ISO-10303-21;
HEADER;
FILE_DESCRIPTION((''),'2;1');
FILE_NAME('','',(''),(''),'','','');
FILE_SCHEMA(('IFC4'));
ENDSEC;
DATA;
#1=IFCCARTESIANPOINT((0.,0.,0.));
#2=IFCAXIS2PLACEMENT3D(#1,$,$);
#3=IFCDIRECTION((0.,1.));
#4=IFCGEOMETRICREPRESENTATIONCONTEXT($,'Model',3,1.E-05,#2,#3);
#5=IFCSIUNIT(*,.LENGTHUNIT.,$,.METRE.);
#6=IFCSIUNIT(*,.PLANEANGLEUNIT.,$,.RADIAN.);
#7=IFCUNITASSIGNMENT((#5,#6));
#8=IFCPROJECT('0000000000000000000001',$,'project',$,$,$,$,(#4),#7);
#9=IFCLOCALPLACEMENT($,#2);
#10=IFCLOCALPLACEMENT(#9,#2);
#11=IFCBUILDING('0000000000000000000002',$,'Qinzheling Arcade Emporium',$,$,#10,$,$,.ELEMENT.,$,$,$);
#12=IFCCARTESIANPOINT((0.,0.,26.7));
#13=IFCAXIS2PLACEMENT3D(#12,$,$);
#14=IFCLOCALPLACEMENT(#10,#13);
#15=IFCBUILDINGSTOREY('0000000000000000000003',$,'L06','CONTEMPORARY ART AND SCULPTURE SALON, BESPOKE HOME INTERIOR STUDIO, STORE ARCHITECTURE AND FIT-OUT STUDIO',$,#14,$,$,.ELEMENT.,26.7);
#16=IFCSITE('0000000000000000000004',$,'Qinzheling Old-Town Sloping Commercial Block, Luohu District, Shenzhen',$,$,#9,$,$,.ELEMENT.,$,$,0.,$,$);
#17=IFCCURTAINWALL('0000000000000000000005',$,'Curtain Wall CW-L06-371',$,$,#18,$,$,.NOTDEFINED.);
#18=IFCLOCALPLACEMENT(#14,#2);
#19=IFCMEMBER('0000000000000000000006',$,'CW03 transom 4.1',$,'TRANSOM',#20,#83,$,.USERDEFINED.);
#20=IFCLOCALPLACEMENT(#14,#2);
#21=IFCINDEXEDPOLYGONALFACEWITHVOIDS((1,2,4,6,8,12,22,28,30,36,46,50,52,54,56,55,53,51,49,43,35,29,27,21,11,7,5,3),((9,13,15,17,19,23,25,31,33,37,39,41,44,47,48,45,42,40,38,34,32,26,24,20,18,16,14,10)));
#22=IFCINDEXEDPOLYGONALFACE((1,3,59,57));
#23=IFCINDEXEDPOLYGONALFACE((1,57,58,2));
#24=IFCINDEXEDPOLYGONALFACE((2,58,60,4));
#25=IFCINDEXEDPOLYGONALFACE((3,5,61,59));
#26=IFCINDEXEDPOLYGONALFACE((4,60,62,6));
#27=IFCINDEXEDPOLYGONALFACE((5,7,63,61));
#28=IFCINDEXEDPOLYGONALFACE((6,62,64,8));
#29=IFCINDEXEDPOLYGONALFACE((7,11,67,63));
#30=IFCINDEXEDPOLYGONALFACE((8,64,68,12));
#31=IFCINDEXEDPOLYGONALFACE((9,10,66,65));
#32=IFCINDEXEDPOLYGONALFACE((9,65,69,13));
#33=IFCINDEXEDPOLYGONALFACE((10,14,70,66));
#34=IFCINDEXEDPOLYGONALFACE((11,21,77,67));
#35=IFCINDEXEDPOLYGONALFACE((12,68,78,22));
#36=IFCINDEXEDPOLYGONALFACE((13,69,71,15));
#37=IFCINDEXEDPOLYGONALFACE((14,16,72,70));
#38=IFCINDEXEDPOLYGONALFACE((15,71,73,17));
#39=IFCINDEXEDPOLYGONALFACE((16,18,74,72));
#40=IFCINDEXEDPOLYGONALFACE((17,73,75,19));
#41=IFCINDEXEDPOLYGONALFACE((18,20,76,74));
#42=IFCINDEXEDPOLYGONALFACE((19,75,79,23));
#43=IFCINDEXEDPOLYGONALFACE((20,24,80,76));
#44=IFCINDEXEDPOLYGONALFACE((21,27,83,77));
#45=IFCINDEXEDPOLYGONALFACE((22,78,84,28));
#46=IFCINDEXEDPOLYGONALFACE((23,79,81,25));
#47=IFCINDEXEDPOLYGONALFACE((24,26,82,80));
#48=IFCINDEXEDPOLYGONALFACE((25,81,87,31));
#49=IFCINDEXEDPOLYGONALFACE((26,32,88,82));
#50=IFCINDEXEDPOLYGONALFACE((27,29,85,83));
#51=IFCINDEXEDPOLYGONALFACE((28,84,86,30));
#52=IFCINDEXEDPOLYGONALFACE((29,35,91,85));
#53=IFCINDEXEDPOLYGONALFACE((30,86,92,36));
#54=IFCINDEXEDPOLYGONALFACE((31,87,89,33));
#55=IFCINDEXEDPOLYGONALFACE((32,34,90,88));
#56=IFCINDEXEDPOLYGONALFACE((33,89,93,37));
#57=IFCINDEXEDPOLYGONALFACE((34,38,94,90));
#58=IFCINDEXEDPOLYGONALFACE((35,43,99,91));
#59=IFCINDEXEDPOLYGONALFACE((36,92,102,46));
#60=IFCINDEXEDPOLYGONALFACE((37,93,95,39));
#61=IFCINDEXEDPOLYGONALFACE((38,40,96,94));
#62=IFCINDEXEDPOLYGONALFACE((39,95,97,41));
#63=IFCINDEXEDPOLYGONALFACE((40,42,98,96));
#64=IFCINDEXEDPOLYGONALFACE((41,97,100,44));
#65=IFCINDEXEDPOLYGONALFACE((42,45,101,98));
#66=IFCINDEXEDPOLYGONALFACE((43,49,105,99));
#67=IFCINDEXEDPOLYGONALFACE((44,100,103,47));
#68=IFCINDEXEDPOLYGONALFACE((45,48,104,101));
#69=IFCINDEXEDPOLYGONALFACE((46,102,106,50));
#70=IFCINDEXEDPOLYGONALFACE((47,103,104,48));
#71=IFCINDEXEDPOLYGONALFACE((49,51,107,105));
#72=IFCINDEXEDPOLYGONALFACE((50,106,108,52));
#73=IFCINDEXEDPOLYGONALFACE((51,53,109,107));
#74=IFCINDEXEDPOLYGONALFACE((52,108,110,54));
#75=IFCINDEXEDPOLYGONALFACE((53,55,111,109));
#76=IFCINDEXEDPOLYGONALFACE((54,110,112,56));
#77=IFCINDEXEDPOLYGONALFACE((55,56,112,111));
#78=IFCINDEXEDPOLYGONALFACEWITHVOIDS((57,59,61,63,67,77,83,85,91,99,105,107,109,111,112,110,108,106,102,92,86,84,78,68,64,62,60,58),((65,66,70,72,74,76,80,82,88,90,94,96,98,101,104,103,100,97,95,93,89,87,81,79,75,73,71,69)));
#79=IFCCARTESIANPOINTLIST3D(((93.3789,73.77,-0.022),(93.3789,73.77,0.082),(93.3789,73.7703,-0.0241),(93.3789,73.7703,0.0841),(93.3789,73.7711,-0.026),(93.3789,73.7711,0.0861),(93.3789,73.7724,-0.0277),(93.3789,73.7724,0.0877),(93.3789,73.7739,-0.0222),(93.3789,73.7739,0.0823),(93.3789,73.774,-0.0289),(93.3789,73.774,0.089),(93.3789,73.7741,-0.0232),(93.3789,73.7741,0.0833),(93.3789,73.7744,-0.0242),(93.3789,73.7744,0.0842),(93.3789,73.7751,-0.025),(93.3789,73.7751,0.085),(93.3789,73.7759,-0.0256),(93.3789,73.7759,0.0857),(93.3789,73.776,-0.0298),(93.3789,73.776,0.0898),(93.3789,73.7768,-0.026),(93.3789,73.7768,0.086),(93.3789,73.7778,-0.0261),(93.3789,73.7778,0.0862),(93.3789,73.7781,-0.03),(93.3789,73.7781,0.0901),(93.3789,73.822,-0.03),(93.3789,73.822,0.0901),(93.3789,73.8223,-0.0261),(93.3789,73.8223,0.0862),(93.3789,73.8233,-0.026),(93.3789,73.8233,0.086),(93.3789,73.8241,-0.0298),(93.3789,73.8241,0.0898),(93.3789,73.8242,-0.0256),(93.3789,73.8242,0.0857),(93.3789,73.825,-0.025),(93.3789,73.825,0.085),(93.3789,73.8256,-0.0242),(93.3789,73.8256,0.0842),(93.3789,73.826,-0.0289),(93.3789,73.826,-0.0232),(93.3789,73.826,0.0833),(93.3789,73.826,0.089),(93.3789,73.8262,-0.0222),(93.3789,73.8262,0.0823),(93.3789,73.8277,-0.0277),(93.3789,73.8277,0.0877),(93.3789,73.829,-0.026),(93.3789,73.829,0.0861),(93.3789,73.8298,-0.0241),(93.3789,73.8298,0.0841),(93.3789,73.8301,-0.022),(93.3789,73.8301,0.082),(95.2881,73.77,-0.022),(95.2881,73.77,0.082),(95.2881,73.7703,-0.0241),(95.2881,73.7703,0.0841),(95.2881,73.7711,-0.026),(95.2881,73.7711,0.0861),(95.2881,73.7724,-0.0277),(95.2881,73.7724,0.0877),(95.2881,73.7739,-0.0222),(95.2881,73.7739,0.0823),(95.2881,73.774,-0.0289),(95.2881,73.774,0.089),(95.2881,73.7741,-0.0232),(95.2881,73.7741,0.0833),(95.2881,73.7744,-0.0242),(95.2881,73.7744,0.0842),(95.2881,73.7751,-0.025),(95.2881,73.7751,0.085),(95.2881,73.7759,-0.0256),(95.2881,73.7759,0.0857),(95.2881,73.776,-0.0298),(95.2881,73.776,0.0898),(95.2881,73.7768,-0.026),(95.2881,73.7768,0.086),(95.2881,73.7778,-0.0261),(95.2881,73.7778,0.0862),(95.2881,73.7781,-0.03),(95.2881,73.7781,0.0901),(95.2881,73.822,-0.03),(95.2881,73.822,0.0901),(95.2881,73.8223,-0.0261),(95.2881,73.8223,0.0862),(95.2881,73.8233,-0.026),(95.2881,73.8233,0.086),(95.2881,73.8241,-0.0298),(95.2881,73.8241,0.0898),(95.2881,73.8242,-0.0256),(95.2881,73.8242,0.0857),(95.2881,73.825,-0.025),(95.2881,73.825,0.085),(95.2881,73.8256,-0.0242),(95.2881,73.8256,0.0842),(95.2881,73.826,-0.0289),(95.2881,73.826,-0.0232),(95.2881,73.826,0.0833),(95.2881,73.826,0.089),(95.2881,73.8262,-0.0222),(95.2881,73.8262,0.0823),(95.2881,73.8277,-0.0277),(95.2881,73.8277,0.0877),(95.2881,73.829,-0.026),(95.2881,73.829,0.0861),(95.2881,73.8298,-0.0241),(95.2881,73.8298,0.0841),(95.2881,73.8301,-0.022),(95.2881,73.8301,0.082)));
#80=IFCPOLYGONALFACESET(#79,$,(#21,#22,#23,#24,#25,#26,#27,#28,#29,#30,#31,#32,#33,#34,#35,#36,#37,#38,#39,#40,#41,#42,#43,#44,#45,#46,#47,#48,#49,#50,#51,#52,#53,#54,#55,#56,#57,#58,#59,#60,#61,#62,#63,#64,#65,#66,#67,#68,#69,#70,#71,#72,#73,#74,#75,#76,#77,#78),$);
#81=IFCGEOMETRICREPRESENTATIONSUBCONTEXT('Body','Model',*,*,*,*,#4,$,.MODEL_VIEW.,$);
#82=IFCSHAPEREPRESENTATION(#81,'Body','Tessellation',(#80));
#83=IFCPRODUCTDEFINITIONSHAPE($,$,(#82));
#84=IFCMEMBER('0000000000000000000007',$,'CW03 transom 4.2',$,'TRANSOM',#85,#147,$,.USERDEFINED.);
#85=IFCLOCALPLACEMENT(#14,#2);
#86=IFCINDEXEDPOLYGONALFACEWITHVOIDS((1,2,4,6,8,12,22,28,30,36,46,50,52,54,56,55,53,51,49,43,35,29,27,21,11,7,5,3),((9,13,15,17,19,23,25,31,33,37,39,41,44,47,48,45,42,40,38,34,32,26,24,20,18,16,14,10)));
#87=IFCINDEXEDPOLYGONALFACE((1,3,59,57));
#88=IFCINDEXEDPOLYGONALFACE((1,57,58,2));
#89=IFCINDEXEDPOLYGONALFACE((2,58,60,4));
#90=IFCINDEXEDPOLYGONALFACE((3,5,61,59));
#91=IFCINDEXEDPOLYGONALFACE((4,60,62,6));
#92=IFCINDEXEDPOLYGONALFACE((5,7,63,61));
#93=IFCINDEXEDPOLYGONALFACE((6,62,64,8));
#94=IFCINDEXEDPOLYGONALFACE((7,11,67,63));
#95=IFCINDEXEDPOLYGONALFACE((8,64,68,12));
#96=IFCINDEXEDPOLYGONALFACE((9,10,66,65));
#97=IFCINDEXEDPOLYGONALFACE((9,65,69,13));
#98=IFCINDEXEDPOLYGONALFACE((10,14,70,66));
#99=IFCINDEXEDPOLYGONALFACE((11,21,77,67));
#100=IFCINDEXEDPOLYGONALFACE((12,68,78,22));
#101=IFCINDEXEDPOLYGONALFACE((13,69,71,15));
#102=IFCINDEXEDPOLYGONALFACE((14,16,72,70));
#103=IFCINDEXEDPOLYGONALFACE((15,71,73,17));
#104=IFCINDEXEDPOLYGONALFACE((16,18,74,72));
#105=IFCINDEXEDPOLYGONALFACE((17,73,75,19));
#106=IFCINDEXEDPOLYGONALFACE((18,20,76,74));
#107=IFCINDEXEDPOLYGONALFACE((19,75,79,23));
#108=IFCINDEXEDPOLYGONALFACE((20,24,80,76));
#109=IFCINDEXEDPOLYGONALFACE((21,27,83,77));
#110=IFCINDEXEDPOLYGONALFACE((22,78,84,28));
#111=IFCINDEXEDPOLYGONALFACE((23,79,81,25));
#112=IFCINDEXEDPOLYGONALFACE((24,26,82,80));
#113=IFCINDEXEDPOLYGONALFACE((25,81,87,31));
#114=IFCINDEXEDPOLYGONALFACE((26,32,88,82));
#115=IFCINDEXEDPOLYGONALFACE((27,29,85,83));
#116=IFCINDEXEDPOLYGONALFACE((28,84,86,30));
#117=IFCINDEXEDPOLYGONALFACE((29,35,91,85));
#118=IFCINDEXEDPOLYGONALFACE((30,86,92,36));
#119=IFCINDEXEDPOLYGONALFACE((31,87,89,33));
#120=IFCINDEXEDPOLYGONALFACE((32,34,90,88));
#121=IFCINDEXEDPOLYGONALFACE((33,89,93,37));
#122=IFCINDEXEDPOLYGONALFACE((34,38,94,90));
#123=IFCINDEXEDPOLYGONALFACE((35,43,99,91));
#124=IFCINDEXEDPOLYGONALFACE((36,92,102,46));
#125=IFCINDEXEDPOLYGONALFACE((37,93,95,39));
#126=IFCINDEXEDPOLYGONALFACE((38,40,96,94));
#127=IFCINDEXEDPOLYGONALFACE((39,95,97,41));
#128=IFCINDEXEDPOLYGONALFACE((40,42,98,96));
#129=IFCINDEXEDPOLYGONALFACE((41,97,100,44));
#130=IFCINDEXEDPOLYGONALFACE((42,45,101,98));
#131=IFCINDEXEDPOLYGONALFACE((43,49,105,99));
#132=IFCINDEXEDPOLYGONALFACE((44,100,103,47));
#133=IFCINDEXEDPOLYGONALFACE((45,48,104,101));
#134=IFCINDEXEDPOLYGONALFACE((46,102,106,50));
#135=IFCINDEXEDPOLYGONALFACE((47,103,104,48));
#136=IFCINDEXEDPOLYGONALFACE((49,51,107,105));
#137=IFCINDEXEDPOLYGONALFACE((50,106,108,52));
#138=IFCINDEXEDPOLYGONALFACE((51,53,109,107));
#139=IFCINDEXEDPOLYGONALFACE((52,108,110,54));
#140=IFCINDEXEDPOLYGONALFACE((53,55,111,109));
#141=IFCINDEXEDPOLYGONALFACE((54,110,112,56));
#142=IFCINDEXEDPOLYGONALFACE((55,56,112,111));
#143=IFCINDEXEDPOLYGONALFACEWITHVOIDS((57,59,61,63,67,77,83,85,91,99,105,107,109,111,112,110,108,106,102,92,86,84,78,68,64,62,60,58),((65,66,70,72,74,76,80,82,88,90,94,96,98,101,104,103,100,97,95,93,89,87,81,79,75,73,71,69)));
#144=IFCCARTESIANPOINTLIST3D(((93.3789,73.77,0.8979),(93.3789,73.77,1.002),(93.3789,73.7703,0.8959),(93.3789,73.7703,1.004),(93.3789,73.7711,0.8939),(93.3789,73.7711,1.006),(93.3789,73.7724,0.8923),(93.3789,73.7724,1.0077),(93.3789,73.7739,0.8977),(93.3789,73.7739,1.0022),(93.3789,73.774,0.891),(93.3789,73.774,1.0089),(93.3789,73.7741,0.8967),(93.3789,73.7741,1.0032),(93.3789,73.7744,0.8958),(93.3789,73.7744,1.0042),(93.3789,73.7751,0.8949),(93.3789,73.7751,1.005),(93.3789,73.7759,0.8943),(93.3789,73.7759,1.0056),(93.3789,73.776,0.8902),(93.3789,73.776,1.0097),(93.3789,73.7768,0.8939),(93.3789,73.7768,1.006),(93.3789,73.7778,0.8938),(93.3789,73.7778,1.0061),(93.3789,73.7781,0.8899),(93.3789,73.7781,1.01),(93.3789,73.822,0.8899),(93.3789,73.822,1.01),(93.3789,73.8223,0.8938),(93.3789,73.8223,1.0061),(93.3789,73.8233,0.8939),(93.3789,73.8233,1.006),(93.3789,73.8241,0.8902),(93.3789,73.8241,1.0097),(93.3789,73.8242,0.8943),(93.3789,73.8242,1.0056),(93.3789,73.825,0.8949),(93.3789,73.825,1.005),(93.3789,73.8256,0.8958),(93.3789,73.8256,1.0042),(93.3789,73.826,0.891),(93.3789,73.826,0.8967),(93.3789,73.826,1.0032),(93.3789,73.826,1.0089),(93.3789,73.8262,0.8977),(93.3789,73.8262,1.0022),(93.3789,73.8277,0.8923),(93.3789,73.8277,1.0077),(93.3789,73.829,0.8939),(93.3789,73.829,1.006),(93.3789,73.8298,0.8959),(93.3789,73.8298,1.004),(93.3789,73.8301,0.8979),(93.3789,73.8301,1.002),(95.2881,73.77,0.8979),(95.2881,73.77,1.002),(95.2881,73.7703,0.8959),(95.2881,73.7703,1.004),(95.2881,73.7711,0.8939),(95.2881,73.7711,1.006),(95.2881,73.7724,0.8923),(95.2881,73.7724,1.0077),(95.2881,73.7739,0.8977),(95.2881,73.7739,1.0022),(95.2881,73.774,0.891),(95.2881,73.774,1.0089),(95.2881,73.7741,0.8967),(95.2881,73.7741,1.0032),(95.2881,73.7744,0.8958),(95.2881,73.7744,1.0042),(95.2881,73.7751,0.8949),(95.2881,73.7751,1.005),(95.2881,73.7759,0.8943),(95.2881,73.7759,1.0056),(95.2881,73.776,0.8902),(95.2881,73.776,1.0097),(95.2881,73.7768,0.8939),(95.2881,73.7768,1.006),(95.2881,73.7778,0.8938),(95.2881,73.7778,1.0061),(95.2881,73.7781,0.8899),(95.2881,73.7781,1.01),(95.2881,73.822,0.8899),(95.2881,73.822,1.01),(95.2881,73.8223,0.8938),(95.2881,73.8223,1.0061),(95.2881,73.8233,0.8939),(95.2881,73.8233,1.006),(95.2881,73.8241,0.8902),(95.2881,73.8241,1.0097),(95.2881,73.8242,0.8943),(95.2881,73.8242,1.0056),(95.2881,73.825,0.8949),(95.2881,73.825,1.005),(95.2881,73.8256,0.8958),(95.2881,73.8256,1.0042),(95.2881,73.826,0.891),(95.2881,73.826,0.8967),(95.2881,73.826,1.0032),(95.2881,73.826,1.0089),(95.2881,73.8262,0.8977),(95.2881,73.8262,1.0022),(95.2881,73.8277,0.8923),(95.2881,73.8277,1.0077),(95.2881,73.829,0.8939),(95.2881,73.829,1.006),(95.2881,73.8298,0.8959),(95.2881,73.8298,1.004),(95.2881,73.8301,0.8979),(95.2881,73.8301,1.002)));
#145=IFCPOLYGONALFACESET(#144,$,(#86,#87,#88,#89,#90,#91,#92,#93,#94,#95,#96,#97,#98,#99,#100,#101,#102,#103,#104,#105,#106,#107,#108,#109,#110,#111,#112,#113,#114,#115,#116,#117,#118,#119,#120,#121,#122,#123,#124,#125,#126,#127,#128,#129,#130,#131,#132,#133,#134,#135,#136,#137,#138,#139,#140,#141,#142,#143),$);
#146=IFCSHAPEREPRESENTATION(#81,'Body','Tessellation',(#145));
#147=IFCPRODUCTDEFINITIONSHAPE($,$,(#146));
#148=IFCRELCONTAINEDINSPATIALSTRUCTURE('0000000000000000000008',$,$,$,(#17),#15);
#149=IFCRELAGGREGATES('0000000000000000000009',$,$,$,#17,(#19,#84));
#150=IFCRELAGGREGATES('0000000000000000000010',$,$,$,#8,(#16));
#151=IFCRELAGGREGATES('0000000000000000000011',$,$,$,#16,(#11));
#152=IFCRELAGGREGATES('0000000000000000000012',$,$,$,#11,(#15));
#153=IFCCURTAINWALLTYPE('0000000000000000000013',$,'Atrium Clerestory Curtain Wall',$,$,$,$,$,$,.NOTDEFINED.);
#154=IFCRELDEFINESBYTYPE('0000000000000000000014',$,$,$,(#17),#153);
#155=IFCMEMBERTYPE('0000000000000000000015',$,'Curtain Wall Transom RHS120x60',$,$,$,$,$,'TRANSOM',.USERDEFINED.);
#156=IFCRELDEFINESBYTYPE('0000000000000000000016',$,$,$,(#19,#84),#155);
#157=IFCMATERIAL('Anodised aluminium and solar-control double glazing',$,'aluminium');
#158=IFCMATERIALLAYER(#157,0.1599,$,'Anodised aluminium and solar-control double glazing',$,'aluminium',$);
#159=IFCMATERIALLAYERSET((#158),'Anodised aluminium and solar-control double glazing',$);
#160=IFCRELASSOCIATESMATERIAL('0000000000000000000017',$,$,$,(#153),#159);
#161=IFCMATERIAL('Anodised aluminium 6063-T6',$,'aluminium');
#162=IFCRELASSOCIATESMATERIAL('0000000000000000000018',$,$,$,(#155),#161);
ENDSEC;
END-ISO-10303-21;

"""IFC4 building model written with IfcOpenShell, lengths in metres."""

from ifc_helpers import new_model, si_unit, direction, frame, origin, origin_2d, place, context, subcontext, project, spatial, hollow_rectangle, extrude, material, layer, layer_set, material_profile, profile_set, type_object, element, aggregate, save


model = new_model("IFC4")

# Units and contexts
model_context = context("Model", 3, precision=1e-05, world=origin(), true_north=direction((0.0, 1.0)))
body_context = subcontext(model_context, "Body", "Model", "MODEL_VIEW")
ifc_project = project(units=[si_unit("LENGTHUNIT", "METRE"), si_unit("PLANEANGLEUNIT", "RADIAN")], contexts=[model_context])

# Site, building, storey
site_placement = place(None, origin())
site = spatial("IfcSite", under=ifc_project, at=site_placement, Name="Qinzheling Old-Town Sloping Commercial Block, Luohu District, Shenzhen", CompositionType="ELEMENT", RefElevation=0.0)
building_placement = place(site_placement, origin())
building = spatial("IfcBuilding", under=site, at=building_placement, Name="Qinzheling Arcade Emporium", CompositionType="ELEMENT")
storey_placement = place(building_placement, frame((0.0, 0.0, 26.7)))
storey = spatial("IfcBuildingStorey", under=building, at=storey_placement, Name="L06", Description="CONTEMPORARY ART AND SCULPTURE SALON, BESPOKE HOME INTERIOR STUDIO, STORE ARCHITECTURE AND FIT-OUT STUDIO", CompositionType="ELEMENT", Elevation=26.7)

# Curtain wall
ifc_material_1 = material(Name="Anodised aluminium and solar-control double glazing", Category="aluminium")
ifc_layer_1 = layer(ifc_material_1, 0.1599, Name="Anodised aluminium and solar-control double glazing", Category="aluminium")
ifc_layer_set_1 = layer_set([ifc_layer_1], Name="Anodised aluminium and solar-control double glazing")
curtain_wall_type = type_object("IfcCurtainWallType", Name="Atrium Clerestory Curtain Wall", PredefinedType="NOTDEFINED", material=ifc_layer_set_1)
curtain_wall_1_placement = place(storey_placement, origin())
curtain_wall_1 = element("IfcCurtainWall", 1, at=curtain_wall_1_placement, inside=storey, type_object=curtain_wall_type, Name="Curtain Wall CW-L06-371", PredefinedType="NOTDEFINED")
ifc_material_2 = material(Name="Anodised aluminium 6063-T6", Category="aluminium")

# Members
ifc_material_profile_1 = material_profile(ifc_material_2, hollow_rectangle(XDim=0.0601, YDim=0.1201, WallThickness=0.0039, InnerFilletRadius=0.0039, OuterFilletRadius=0.0081, at=origin_2d()), Name="RHS 120x60x4", Category="aluminium")
ifc_profile_set_1 = profile_set([ifc_material_profile_1], Name="Anodised aluminium 6063-T6")
member_type_1 = type_object("IfcMemberType", Name="Curtain Wall Transom RHS120x60", ElementType="TRANSOM", PredefinedType="USERDEFINED", material=ifc_profile_set_1)
member_1_placement = place(storey_placement, frame((93.3789, 73.8, 0.03), z_axis=(1.0, 0.0, 0.0), x_axis=(0.0, 1.0, 0.0)))
member_1 = element("IfcMember", 2, at=member_1_placement, type_object=member_type_1, Name="CW03 transom 4.1", ObjectType="TRANSOM", PredefinedType="USERDEFINED", context=body_context, shape_type="SweptSolid", body=[
    extrude(hollow_rectangle(XDim=0.0601, YDim=0.1201, WallThickness=0.0039, InnerFilletRadius=0.0039, OuterFilletRadius=0.0081, at=origin_2d()), origin(), (0.0, 0.0, 1.0), 1.9092),
])
member_2_placement = place(storey_placement, frame((93.3789, 73.8, 0.95), z_axis=(1.0, 0.0, 0.0), x_axis=(0.0, 1.0, 0.0)))
member_2 = element("IfcMember", 3, at=member_2_placement, type_object=member_type_1, Name="CW03 transom 4.2", ObjectType="TRANSOM", PredefinedType="USERDEFINED", context=body_context, shape_type="SweptSolid", body=[
    extrude(hollow_rectangle(XDim=0.0601, YDim=0.1201, WallThickness=0.0039, InnerFilletRadius=0.0039, OuterFilletRadius=0.0081, at=origin_2d()), origin(), (0.0, 0.0, 1.0), 1.9092),
])

aggregate(curtain_wall_1, [member_1, member_2])

save(model, "model.ifc")
